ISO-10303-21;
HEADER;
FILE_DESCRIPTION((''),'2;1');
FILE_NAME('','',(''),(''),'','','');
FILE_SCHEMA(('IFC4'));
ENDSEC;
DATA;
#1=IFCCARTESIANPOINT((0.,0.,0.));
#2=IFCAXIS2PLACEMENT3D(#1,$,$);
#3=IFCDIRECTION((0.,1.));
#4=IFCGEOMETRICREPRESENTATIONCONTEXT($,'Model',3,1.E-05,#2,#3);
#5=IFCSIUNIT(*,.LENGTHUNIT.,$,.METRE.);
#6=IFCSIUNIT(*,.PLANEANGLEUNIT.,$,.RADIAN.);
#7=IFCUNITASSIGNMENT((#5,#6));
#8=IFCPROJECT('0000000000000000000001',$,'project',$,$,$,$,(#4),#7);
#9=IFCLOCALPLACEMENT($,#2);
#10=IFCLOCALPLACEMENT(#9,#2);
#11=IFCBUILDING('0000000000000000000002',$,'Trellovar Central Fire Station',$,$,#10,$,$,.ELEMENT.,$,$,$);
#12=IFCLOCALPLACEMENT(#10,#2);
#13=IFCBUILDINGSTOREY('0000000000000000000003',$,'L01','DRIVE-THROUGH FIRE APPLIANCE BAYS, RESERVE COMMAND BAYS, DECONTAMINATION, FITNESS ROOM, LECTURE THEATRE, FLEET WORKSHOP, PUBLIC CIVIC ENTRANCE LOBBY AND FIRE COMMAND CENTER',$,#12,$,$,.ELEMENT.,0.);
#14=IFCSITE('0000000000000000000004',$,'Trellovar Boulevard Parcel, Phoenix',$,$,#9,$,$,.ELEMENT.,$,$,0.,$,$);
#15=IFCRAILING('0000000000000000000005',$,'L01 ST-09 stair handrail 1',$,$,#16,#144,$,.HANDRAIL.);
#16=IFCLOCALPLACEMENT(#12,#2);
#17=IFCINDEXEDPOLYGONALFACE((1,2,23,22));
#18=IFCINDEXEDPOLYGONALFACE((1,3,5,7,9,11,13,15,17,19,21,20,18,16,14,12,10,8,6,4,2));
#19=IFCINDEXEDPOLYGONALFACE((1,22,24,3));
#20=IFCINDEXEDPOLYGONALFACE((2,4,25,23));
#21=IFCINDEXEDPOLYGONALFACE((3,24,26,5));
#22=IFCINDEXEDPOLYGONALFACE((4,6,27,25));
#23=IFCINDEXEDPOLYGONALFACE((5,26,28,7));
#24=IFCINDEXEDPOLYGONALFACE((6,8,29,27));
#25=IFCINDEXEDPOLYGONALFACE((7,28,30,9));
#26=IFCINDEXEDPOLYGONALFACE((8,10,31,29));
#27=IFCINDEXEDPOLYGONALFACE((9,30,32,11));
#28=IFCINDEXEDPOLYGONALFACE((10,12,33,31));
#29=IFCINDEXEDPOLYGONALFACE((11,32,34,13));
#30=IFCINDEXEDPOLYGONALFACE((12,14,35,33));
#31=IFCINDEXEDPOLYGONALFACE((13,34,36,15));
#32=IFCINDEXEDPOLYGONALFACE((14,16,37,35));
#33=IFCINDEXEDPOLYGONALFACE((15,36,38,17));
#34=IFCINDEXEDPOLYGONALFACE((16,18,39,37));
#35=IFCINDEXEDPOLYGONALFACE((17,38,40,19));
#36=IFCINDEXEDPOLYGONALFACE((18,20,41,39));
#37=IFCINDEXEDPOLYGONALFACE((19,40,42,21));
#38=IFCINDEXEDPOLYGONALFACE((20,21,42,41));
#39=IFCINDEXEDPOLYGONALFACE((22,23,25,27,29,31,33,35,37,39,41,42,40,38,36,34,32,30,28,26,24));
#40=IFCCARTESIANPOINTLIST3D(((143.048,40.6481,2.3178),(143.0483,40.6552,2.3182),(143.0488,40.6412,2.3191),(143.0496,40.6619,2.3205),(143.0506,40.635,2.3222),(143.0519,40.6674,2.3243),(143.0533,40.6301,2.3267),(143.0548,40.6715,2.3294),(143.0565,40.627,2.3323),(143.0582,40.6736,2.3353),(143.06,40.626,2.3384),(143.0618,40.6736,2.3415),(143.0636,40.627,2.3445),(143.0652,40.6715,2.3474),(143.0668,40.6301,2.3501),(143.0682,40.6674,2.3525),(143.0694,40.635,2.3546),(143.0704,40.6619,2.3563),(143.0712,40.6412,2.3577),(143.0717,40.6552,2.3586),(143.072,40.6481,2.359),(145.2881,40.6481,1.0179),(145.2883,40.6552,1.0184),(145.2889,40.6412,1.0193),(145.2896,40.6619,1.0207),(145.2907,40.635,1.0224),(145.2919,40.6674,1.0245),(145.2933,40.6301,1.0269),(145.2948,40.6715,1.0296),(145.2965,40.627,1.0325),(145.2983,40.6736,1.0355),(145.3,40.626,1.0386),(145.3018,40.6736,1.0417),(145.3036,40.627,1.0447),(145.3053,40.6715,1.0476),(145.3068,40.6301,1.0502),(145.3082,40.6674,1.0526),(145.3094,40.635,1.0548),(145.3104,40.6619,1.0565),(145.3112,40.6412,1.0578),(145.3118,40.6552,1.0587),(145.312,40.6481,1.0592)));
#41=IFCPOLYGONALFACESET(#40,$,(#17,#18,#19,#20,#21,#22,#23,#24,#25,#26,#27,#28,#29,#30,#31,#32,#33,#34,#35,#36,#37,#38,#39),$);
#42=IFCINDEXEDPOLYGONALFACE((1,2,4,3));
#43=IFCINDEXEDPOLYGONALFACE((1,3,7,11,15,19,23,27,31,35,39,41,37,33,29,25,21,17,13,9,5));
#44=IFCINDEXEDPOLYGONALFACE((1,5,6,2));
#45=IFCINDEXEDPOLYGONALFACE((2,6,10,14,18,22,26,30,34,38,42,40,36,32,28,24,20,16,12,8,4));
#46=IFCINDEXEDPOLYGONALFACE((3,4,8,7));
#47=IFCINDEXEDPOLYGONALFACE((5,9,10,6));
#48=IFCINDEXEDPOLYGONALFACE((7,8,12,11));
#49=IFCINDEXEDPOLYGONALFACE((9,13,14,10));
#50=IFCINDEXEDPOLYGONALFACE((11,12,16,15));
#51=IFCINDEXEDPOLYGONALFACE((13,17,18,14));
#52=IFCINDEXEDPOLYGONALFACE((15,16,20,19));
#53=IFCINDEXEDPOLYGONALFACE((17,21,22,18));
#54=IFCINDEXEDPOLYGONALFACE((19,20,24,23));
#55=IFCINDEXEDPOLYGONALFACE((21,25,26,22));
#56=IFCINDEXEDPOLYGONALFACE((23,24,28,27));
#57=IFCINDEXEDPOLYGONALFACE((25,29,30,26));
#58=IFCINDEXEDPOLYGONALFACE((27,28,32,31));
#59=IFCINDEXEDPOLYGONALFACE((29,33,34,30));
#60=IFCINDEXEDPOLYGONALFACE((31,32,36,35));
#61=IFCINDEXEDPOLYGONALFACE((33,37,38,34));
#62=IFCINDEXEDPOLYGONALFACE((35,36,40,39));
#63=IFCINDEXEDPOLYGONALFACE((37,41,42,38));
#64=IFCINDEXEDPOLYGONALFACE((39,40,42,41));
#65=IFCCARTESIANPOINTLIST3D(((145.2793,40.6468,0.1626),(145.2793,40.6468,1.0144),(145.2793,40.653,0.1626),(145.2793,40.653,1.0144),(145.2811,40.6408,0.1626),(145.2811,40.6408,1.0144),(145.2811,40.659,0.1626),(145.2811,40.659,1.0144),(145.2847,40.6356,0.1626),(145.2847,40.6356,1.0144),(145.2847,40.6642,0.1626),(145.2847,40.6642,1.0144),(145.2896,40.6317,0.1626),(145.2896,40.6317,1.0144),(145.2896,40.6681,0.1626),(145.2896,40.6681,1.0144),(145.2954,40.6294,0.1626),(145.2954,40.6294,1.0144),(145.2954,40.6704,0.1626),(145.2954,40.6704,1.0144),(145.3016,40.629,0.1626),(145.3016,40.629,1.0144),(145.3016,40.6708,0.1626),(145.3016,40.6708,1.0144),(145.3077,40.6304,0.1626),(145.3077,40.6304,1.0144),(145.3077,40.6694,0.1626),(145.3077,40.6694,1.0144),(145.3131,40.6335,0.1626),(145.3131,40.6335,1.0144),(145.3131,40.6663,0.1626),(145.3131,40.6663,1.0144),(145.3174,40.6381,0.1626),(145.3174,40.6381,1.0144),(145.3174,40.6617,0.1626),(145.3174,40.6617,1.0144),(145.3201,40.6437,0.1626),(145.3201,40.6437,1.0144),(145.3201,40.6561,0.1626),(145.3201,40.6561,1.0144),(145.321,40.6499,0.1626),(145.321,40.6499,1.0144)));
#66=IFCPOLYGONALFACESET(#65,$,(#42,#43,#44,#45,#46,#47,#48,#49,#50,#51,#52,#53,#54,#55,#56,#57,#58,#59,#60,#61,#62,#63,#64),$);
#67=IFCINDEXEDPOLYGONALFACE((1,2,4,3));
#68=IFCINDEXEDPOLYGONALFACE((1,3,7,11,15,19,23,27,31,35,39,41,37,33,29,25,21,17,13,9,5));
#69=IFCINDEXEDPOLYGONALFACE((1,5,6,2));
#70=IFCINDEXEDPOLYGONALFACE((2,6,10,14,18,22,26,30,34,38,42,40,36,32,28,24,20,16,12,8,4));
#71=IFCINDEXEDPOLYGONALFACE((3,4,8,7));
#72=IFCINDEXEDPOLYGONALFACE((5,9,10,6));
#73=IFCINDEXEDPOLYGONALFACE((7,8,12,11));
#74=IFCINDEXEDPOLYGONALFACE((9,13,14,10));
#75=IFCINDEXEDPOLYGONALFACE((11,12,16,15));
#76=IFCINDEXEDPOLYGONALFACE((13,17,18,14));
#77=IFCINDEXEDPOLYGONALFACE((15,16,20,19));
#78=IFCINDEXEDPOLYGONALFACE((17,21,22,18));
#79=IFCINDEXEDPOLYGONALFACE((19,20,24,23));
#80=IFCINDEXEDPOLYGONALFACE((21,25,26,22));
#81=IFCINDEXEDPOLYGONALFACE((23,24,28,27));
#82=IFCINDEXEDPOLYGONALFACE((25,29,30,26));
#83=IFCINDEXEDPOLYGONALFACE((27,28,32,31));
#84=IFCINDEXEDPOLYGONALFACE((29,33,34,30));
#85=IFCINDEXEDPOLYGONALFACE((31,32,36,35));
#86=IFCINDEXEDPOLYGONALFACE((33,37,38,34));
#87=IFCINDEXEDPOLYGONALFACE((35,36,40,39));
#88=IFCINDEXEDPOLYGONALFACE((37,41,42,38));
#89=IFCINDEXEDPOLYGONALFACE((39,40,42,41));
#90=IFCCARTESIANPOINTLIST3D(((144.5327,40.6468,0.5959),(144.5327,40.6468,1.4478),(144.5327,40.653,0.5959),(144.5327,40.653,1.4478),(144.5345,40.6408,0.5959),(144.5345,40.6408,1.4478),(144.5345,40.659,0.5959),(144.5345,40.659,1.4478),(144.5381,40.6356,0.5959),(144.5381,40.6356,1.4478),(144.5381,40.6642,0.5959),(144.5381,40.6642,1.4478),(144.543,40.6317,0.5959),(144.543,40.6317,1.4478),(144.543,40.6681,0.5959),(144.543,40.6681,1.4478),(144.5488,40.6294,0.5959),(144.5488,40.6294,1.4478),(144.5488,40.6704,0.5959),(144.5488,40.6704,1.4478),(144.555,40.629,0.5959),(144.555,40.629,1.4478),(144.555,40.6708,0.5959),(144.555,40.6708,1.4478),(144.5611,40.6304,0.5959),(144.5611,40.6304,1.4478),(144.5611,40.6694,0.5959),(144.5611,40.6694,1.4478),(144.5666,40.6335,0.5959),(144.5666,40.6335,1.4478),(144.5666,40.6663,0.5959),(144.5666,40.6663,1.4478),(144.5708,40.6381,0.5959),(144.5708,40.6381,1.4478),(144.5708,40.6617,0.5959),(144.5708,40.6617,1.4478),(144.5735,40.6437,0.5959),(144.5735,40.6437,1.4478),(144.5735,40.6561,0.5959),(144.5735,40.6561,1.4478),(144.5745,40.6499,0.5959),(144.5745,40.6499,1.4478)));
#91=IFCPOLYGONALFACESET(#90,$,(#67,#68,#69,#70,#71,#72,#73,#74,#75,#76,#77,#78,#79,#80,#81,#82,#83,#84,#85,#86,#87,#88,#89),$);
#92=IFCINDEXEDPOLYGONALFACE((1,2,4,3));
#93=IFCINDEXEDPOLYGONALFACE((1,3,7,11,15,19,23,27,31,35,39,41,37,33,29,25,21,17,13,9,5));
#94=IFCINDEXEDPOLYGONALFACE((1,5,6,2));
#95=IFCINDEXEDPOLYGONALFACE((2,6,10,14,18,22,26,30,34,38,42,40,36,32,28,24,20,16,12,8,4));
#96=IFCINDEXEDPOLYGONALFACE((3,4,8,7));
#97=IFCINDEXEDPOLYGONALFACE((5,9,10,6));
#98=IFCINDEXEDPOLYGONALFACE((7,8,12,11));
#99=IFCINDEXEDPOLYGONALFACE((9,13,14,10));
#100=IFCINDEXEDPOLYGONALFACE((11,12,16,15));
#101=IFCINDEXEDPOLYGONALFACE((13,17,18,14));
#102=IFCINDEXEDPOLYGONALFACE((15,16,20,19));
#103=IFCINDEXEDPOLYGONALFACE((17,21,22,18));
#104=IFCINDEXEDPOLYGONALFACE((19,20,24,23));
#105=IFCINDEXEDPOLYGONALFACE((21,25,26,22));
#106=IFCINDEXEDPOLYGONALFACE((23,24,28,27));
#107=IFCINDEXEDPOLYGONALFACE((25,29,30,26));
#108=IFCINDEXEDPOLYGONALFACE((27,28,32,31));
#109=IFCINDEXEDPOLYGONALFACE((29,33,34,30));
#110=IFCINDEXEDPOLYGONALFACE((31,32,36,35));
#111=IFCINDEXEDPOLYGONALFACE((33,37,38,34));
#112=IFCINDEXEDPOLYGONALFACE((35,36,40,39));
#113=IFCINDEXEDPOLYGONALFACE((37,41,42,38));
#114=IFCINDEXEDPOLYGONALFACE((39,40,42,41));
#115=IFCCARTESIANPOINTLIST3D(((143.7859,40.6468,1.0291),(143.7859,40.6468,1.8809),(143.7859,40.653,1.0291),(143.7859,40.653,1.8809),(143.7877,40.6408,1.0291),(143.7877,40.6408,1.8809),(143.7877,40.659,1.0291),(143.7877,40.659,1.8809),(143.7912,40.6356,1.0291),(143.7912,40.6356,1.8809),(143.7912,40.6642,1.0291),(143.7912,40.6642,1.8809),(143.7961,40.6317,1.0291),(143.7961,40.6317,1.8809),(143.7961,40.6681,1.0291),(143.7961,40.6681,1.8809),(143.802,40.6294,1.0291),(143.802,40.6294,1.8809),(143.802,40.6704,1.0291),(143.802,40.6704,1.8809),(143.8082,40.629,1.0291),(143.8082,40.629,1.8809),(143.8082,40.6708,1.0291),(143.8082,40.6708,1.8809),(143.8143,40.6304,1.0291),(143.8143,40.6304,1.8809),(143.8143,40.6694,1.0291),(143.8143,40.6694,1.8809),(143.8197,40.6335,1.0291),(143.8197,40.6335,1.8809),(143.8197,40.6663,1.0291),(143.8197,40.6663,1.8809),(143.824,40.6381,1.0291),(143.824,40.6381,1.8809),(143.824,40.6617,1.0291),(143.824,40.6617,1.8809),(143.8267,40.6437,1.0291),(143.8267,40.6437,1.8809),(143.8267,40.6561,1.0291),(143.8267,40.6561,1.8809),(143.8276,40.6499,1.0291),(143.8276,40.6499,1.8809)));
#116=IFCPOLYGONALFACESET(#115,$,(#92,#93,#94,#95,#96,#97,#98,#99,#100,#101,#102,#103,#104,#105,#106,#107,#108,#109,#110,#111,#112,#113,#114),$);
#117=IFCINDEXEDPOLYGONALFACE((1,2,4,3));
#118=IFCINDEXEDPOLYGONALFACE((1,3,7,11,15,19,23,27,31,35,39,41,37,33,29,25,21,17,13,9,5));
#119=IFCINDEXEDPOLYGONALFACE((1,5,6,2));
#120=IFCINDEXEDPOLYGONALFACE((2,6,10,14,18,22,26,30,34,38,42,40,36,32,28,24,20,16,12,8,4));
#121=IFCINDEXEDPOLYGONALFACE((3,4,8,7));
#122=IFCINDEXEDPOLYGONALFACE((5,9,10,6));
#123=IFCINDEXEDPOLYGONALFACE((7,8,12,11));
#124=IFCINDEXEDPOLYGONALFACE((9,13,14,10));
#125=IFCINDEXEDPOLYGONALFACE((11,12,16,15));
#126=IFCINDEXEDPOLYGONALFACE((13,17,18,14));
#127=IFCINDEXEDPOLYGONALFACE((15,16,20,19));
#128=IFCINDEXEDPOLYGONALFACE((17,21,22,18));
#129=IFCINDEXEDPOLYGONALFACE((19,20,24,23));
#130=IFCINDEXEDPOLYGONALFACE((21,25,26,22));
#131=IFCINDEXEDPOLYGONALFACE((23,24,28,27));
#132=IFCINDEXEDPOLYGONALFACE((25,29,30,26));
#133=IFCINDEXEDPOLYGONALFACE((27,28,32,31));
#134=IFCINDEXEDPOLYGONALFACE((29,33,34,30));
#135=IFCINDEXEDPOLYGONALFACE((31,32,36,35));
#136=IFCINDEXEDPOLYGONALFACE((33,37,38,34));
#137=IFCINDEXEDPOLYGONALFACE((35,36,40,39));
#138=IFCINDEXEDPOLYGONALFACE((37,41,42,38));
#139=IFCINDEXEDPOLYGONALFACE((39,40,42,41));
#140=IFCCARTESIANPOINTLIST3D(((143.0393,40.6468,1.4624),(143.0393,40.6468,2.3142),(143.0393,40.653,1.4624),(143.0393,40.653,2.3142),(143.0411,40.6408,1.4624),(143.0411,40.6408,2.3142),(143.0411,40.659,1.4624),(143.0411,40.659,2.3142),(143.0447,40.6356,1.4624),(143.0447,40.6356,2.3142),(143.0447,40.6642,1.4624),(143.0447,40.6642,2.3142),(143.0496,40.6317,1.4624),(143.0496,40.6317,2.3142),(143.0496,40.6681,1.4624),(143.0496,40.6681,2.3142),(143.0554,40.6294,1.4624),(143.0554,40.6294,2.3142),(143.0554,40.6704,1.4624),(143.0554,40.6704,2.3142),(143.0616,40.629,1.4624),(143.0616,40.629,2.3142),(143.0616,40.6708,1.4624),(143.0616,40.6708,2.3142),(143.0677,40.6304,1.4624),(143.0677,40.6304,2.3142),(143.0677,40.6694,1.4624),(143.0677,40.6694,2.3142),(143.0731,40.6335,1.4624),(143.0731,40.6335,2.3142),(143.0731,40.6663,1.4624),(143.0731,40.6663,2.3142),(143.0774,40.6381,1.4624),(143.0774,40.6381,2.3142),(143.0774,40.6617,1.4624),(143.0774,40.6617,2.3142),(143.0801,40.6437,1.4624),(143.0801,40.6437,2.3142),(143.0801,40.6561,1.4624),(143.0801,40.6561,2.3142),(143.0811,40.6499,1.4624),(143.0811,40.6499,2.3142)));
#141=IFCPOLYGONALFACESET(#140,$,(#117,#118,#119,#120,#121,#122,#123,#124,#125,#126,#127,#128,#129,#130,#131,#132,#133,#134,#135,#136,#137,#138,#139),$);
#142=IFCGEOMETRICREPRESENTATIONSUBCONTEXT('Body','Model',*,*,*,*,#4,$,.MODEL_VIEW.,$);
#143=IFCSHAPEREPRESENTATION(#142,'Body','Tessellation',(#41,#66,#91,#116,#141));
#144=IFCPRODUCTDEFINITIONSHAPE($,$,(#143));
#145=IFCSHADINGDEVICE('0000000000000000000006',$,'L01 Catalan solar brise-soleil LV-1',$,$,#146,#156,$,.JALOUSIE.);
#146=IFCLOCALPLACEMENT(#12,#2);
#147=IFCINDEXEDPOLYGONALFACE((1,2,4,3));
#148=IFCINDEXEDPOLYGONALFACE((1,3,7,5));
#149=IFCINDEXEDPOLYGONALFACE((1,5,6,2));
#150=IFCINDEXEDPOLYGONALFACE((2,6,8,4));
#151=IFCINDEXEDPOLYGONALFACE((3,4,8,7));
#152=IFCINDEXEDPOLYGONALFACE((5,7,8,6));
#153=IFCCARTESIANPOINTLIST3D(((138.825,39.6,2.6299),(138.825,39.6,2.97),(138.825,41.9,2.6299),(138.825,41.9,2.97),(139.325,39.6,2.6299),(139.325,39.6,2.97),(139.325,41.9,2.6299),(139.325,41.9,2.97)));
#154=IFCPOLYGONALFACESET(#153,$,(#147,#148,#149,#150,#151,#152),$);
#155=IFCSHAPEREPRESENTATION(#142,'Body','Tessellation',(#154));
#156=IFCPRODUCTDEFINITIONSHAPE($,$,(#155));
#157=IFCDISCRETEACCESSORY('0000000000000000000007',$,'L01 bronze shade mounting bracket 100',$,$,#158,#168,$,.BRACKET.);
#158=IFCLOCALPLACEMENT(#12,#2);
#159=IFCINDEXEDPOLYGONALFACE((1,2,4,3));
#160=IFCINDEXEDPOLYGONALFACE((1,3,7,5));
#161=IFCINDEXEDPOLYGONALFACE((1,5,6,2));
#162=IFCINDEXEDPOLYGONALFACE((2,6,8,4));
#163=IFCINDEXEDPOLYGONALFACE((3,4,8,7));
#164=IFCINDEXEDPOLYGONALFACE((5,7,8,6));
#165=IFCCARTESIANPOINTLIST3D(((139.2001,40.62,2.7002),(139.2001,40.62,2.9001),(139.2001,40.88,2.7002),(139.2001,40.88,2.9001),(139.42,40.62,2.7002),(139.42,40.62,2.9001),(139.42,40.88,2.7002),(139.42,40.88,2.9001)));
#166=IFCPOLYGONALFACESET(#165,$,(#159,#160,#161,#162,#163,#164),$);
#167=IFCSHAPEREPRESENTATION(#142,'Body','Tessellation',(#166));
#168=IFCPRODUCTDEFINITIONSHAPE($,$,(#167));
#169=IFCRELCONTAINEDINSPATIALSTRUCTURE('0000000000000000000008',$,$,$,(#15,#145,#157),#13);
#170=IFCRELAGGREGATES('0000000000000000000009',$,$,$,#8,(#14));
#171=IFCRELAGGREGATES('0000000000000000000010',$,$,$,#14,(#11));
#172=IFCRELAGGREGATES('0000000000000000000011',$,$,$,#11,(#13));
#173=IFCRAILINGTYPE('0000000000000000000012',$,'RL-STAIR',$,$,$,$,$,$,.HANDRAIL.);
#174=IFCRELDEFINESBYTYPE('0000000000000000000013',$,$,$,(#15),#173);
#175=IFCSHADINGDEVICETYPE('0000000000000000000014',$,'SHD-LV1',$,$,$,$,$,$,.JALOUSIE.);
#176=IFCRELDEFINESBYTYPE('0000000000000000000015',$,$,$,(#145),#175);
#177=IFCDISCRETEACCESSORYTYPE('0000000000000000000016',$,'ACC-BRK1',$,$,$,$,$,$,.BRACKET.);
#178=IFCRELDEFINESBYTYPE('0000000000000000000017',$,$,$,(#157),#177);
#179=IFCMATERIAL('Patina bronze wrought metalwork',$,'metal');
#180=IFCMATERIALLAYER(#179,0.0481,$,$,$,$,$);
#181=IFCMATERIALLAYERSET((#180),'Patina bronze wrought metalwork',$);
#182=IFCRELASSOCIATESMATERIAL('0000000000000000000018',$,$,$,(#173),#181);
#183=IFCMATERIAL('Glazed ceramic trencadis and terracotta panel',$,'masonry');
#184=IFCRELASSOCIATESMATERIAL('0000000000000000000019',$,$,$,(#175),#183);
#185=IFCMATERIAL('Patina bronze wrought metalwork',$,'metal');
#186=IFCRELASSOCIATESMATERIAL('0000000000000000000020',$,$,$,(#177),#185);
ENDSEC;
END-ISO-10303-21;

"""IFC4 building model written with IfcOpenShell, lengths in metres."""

from ifc_helpers import new_model, si_unit, direction, frame, origin, origin_2d, place, context, subcontext, project, spatial, rectangle, circle, extrude, material, layer, layer_set, type_object, element, save


model = new_model("IFC4")

# Units and contexts
model_context = context("Model", 3, precision=1e-05, world=origin(), true_north=direction((0.0, 1.0)))
body_context = subcontext(model_context, "Body", "Model", "MODEL_VIEW")
ifc_project = project(units=[si_unit("LENGTHUNIT", "METRE"), si_unit("PLANEANGLEUNIT", "RADIAN")], contexts=[model_context])

# Site, building, storey
site_placement = place(None, origin())
site = spatial("IfcSite", under=ifc_project, at=site_placement, Name="Trellovar Boulevard Parcel, Phoenix", CompositionType="ELEMENT", RefElevation=0.0)
building_placement = place(site_placement, origin())
building = spatial("IfcBuilding", under=site, at=building_placement, Name="Trellovar Central Fire Station", CompositionType="ELEMENT")
storey_placement = place(building_placement, origin())
storey = spatial("IfcBuildingStorey", under=building, at=storey_placement, Name="L01", Description="DRIVE-THROUGH FIRE APPLIANCE BAYS, RESERVE COMMAND BAYS, DECONTAMINATION, FITNESS ROOM, LECTURE THEATRE, FLEET WORKSHOP, PUBLIC CIVIC ENTRANCE LOBBY AND FIRE COMMAND CENTER", CompositionType="ELEMENT", Elevation=0.0)

# Railing
ifc_material_1 = material(Name="Patina bronze wrought metalwork", Category="metal")
ifc_layer_1 = layer(ifc_material_1, 0.0481)
ifc_layer_set_1 = layer_set([ifc_layer_1], Name="Patina bronze wrought metalwork")
railing_type = type_object("IfcRailingType", Name="RL-STAIR", PredefinedType="HANDRAIL", material=ifc_layer_set_1)
railing_placement = place(storey_placement, frame((145.3, 40.6499, 0.1626)))
element("IfcRailing", 1, at=railing_placement, inside=storey, type_object=railing_type, Name="L01 ST-09 stair handrail 1", PredefinedType="HANDRAIL", context=body_context, shape_type="SweptSolid", body=[
    extrude(circle(Radius=0.0239, at=origin_2d()), frame((0.0, 0.0, 0.876), z_axis=(-0.864929, 0.0, 0.501894), x_axis=(0.0, -1.0, 0.0)), (0.0, 0.0, 1.0), 2.5898),
    extrude(circle(Radius=0.021, at=origin_2d()), origin(), (0.0, 0.0, 1.0), 0.8518),
    extrude(circle(Radius=0.021, at=origin_2d()), frame((-0.7466, 0.0, 0.4333)), (0.0, 0.0, 1.0), 0.8518),
    extrude(circle(Radius=0.021, at=origin_2d()), frame((-1.4934, 0.0, 0.8665)), (0.0, 0.0, 1.0), 0.8518),
    extrude(circle(Radius=0.021, at=origin_2d()), frame((-2.24, 0.0, 1.2998)), (0.0, 0.0, 1.0), 0.8518),
])

# Shading device
ifc_material_2 = material(Name="Glazed ceramic trencadis and terracotta panel", Category="masonry")
shading_device_type = type_object("IfcShadingDeviceType", Name="SHD-LV1", PredefinedType="JALOUSIE", material=ifc_material_2)
shading_device_placement = place(storey_placement, frame((139.075, 40.75, 2.6299), z_axis=(0.0, 0.0, 1.0), x_axis=(0.0, 1.0, 0.0)))
element("IfcShadingDevice", 2, at=shading_device_placement, inside=storey, type_object=shading_device_type, Name="L01 Catalan solar brise-soleil LV-1", PredefinedType="JALOUSIE", context=body_context, shape_type="SweptSolid", body=[
    extrude(rectangle(XDim=2.3, YDim=0.5, at=origin_2d()), origin(), (0.0, 0.0, 1.0), 0.3401),
])

# Discrete accessory
ifc_material_3 = material(Name="Patina bronze wrought metalwork", Category="metal")
discrete_accessory_type = type_object("IfcDiscreteAccessoryType", Name="ACC-BRK1", PredefinedType="BRACKET", material=ifc_material_3)
discrete_accessory_placement = place(storey_placement, frame((139.3101, 40.75, 2.7002), z_axis=(0.0, 0.0, 1.0), x_axis=(0.0, 1.0, 0.0)))
element("IfcDiscreteAccessory", 3, at=discrete_accessory_placement, inside=storey, type_object=discrete_accessory_type, Name="L01 bronze shade mounting bracket 100", PredefinedType="BRACKET", context=body_context, shape_type="SweptSolid", body=[
    extrude(rectangle(XDim=0.26, YDim=0.22, at=origin_2d()), origin(), (0.0, 0.0, 1.0), 0.2),
])

save(model, "model.ifc")
